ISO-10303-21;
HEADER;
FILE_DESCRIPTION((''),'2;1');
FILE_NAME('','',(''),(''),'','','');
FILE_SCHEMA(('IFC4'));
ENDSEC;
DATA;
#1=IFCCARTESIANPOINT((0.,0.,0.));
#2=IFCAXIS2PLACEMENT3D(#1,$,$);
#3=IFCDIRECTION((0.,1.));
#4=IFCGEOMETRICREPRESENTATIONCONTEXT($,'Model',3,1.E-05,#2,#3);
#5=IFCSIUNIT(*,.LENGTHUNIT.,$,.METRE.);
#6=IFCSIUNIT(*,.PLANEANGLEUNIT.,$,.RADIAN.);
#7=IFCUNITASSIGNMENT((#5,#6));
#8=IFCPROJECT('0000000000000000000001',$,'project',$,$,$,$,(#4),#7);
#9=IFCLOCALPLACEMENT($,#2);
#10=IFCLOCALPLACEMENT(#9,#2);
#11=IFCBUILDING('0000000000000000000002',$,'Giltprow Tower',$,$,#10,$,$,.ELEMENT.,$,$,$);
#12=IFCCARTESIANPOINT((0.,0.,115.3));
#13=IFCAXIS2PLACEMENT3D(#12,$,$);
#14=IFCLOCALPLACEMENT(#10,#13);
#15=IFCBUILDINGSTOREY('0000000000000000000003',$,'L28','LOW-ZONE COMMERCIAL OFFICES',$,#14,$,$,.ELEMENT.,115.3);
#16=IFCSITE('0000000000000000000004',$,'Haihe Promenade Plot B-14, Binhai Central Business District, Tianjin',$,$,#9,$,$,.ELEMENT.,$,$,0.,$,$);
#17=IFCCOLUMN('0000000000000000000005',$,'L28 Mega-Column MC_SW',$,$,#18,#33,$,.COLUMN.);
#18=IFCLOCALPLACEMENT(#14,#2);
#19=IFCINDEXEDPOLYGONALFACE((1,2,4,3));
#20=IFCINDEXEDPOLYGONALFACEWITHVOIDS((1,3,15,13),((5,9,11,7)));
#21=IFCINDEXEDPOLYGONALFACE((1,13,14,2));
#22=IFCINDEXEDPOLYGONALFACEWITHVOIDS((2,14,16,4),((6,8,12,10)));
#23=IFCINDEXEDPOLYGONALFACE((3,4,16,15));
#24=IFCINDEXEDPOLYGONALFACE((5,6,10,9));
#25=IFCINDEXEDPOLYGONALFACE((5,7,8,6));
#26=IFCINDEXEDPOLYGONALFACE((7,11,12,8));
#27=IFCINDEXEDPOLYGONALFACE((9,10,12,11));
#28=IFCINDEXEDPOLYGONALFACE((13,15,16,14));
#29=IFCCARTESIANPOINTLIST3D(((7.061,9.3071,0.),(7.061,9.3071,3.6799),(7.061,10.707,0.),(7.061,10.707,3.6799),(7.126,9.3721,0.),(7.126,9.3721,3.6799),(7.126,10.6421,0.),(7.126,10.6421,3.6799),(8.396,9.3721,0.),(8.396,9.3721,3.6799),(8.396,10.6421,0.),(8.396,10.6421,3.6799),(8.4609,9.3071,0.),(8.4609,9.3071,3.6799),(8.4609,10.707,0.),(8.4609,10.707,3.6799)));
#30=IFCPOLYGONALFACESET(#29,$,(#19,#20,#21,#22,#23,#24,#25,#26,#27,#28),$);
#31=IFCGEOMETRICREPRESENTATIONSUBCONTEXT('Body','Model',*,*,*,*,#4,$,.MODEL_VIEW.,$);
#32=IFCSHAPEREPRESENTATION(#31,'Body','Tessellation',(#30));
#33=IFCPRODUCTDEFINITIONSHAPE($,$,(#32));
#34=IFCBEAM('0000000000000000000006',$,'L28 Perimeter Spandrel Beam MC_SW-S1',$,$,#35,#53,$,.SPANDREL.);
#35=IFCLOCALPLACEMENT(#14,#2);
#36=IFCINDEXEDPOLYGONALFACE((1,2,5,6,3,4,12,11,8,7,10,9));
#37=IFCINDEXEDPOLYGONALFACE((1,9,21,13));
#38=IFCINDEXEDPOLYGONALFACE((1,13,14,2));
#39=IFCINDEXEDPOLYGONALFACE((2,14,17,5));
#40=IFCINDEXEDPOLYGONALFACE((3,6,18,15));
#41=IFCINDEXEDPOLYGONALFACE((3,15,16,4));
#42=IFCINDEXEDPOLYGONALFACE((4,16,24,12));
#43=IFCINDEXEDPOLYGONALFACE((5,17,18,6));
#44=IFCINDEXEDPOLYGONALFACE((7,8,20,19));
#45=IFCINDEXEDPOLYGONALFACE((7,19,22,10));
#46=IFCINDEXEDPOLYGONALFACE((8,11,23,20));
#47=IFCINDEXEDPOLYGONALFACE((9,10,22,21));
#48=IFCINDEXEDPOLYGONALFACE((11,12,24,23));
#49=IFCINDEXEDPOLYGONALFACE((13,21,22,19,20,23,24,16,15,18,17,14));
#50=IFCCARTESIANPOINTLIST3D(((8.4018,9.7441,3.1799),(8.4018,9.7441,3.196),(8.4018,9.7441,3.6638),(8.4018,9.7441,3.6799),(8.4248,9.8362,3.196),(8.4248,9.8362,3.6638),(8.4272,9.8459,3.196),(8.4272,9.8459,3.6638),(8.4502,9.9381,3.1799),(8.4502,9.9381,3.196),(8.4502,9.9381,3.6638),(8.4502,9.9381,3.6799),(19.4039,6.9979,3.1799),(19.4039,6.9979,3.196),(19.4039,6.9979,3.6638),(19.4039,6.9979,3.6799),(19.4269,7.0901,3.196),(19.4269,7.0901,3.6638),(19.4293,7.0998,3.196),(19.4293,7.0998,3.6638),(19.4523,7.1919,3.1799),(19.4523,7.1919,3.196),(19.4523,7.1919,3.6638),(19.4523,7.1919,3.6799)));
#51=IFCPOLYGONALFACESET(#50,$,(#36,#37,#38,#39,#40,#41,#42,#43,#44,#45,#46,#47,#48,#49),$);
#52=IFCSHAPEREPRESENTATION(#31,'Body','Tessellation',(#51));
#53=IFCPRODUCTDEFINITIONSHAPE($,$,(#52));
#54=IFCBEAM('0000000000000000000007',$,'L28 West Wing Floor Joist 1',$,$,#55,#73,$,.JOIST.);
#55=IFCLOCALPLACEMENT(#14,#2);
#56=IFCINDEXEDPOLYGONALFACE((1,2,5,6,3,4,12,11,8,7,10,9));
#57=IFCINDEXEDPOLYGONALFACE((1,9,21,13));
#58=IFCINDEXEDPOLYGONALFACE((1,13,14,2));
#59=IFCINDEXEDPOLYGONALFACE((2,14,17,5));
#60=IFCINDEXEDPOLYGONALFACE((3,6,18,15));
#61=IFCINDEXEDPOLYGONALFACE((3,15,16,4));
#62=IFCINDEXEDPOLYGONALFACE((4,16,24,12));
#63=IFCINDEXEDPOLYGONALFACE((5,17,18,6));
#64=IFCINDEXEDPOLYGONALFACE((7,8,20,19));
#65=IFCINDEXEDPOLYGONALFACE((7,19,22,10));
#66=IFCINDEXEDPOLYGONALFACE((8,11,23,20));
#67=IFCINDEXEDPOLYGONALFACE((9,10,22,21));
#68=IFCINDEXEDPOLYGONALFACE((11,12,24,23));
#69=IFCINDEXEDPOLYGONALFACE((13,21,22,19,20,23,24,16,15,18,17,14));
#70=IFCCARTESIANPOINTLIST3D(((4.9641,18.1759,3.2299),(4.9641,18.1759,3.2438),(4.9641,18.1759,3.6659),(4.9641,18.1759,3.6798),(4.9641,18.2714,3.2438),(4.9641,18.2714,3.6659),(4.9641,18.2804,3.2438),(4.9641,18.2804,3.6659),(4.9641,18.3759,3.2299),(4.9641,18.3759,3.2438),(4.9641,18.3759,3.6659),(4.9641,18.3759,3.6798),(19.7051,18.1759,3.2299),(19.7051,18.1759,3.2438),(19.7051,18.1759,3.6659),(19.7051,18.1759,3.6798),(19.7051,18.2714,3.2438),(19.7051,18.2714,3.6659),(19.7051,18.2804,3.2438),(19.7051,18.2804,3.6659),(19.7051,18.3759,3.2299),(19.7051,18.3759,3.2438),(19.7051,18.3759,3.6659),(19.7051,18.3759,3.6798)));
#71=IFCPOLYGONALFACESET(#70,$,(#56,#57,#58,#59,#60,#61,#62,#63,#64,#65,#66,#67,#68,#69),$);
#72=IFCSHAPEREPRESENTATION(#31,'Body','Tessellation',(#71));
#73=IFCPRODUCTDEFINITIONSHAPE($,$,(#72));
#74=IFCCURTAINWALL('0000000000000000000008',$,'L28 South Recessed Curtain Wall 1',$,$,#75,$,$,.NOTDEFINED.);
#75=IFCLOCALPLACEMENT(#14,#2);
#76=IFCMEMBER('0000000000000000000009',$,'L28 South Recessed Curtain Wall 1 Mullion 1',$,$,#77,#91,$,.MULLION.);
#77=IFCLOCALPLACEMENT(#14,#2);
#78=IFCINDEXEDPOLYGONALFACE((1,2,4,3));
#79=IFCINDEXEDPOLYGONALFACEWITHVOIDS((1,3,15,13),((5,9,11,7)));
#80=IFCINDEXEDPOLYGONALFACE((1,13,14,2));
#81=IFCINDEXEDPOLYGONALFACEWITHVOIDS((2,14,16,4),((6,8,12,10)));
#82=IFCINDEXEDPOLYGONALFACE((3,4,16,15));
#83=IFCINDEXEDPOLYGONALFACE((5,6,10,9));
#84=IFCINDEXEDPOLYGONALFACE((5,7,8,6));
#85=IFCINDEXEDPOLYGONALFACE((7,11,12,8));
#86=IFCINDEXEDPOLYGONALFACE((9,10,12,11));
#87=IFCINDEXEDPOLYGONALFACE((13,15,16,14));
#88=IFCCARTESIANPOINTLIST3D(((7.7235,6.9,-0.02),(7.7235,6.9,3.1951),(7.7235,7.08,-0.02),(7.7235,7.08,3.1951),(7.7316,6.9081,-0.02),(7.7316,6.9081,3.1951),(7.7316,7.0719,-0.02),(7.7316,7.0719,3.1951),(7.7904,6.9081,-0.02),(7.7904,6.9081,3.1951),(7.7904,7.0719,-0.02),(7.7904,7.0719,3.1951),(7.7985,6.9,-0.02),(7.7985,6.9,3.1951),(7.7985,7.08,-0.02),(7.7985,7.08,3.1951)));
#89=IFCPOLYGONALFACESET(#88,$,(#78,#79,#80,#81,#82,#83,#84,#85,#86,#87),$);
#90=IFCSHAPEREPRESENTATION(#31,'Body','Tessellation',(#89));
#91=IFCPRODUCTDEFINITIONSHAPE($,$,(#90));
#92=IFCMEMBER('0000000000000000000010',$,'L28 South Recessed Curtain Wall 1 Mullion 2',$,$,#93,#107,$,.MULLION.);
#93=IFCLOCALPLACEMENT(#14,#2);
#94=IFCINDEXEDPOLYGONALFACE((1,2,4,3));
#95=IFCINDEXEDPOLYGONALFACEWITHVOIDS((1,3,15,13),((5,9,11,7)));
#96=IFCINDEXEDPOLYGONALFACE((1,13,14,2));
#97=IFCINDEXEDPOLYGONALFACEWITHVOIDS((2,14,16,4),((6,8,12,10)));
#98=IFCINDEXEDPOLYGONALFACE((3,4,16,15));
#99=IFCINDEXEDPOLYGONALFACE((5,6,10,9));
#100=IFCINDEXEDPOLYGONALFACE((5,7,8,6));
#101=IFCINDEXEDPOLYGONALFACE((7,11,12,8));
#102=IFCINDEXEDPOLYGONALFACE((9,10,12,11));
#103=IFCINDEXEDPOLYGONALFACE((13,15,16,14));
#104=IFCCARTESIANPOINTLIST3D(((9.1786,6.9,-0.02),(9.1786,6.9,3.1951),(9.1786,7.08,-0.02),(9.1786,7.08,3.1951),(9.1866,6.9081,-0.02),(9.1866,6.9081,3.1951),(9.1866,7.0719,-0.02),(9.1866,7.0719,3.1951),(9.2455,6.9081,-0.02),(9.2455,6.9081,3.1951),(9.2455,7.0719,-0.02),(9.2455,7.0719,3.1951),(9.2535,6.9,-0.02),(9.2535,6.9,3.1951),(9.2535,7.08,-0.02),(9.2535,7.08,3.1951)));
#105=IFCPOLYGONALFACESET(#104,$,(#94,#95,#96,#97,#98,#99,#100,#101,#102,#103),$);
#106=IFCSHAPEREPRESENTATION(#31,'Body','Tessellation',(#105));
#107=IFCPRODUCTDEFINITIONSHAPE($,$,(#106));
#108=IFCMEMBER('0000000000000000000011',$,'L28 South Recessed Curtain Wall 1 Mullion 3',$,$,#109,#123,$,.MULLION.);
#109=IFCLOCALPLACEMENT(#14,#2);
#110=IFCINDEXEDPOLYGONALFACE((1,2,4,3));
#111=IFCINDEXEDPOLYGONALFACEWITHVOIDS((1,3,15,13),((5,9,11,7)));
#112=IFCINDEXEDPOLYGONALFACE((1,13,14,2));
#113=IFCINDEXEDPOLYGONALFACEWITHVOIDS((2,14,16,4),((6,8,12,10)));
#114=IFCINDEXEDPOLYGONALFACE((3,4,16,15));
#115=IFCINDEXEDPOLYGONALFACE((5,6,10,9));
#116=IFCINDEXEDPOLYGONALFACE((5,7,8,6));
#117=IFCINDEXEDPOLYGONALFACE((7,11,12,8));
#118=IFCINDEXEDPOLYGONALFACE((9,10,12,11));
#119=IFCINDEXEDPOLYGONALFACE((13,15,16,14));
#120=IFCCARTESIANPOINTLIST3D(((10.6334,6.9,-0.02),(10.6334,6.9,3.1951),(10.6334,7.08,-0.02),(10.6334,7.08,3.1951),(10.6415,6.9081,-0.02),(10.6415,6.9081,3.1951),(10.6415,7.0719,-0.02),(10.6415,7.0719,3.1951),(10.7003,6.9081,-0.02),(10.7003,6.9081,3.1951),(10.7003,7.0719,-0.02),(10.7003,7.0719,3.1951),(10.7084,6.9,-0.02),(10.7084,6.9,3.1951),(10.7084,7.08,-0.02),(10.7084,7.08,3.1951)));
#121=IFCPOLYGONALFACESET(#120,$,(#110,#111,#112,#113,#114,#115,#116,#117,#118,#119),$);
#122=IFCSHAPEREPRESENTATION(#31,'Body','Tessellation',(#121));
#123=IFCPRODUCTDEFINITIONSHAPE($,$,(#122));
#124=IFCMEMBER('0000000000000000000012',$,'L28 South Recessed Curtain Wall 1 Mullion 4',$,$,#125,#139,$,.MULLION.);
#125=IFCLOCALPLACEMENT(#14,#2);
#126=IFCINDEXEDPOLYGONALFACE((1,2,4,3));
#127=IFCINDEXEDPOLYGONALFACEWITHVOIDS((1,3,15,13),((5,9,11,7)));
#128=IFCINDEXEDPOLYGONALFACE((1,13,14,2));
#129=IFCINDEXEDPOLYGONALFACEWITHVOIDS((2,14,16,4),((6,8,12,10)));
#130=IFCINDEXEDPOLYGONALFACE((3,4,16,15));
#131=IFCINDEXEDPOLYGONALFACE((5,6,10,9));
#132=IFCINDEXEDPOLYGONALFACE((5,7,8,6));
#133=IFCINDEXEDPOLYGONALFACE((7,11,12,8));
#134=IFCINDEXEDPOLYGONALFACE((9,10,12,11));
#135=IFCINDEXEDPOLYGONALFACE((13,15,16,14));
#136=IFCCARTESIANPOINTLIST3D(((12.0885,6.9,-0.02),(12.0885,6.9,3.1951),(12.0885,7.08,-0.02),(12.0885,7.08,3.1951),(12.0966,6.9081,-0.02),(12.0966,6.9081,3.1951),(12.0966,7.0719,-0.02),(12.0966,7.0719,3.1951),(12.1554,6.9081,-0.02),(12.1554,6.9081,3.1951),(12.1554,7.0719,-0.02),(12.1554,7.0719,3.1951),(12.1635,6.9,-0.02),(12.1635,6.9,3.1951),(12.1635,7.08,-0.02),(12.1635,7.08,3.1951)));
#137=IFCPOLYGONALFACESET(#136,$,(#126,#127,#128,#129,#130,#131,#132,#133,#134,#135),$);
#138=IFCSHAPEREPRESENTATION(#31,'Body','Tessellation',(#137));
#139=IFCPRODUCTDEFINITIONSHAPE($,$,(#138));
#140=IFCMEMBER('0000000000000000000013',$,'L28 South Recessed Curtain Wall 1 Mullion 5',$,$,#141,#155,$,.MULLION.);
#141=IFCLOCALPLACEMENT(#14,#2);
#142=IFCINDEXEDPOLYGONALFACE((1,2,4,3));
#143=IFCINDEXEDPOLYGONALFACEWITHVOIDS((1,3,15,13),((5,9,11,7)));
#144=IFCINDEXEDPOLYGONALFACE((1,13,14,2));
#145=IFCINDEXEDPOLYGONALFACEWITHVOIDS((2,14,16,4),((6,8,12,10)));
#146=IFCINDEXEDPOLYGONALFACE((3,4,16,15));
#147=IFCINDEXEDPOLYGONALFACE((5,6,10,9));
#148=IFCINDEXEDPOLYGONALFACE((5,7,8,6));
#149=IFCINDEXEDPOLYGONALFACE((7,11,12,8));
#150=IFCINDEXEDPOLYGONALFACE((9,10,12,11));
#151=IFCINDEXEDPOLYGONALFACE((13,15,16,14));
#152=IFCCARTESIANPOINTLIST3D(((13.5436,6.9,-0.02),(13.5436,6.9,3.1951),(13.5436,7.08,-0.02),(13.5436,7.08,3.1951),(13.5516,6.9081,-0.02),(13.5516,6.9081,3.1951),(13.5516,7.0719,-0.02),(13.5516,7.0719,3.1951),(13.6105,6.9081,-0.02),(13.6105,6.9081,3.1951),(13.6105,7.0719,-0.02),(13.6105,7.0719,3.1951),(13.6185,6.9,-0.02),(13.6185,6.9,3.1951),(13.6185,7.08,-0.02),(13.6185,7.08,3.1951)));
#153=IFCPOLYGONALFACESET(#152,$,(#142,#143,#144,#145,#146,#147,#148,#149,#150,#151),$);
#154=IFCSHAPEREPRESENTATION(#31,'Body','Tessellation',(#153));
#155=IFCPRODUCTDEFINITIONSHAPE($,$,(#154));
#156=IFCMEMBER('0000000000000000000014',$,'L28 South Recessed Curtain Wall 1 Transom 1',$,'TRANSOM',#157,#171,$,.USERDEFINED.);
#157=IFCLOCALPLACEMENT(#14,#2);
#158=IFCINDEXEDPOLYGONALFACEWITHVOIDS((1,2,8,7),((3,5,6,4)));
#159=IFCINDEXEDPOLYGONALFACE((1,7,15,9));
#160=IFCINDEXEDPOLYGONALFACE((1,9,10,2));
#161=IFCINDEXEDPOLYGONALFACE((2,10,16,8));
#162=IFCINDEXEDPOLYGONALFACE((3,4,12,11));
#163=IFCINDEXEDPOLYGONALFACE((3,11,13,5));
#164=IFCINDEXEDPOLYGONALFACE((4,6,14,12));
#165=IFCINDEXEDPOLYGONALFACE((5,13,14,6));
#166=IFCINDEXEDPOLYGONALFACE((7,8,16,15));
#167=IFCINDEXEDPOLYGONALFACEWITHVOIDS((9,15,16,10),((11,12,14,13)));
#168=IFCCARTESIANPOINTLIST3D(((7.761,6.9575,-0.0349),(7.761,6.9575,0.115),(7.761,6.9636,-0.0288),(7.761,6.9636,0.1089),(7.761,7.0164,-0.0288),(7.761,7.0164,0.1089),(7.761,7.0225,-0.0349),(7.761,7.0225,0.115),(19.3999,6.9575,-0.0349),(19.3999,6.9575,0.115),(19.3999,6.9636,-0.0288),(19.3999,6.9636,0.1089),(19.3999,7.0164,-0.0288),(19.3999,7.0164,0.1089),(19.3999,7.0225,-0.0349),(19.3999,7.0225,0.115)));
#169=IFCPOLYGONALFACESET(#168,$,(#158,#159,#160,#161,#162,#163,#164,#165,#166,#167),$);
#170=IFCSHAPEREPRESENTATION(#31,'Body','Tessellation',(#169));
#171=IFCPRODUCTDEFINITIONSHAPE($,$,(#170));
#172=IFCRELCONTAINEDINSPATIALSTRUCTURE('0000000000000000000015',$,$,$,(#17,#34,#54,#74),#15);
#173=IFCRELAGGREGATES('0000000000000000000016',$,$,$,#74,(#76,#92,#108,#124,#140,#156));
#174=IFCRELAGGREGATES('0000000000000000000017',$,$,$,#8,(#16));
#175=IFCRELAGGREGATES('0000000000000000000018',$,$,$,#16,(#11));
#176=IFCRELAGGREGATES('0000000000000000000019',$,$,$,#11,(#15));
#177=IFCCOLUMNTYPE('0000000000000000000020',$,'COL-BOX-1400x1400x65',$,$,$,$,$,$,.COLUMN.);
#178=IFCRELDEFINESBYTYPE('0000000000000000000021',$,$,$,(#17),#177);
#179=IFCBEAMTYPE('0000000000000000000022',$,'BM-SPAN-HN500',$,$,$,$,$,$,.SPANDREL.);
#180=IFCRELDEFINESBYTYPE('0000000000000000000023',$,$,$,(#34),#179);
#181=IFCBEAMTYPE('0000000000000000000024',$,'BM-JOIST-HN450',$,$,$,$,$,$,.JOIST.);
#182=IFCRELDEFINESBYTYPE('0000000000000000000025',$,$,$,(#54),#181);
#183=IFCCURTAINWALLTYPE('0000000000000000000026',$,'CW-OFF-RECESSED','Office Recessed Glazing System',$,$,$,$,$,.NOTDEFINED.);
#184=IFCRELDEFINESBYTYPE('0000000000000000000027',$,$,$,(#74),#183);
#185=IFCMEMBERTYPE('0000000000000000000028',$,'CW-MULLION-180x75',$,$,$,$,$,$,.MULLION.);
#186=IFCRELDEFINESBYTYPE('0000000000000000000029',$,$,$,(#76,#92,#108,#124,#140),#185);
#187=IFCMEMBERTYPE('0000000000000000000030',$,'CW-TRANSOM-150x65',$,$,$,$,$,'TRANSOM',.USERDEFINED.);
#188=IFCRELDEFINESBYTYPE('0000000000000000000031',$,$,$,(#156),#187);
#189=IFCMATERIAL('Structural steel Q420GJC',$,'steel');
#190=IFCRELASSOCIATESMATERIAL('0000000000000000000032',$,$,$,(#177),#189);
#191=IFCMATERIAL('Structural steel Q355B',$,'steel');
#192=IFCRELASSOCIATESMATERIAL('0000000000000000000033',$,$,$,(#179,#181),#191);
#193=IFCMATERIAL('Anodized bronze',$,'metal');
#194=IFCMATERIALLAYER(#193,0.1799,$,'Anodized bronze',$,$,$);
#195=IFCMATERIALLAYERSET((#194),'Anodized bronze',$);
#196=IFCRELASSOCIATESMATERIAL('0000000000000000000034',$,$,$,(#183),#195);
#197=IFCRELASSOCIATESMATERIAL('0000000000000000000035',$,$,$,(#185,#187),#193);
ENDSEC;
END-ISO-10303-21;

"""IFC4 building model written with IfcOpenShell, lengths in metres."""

from ifc_helpers import new_model, si_unit, direction, frame, origin, origin_2d, place, context, subcontext, project, spatial, hollow_rectangle, i_section, extrude, source, transform, mapped, material, layer, layer_set, material_profile, profile_set, type_object, element, aggregate, save


model = new_model("IFC4")

# Units and contexts
model_context = context("Model", 3, precision=1e-05, world=origin(), true_north=direction((0.0, 1.0)))
body_context = subcontext(model_context, "Body", "Model", "MODEL_VIEW")
ifc_project = project(units=[si_unit("LENGTHUNIT", "METRE"), si_unit("PLANEANGLEUNIT", "RADIAN")], contexts=[model_context])

# Site, building, storey
site_placement = place(None, origin())
site = spatial("IfcSite", under=ifc_project, at=site_placement, Name="Haihe Promenade Plot B-14, Binhai Central Business District, Tianjin", CompositionType="ELEMENT", RefElevation=0.0)
building_placement = place(site_placement, origin())
building = spatial("IfcBuilding", under=site, at=building_placement, Name="Giltprow Tower", CompositionType="ELEMENT")
storey_placement = place(building_placement, frame((0.0, 0.0, 115.3)))
storey = spatial("IfcBuildingStorey", under=building, at=storey_placement, Name="L28", Description="LOW-ZONE COMMERCIAL OFFICES", CompositionType="ELEMENT", Elevation=115.3)

# Column
ifc_material_1 = material(Name="Structural steel Q420GJC", Category="steel")
ifc_material_profile_1 = material_profile(ifc_material_1, hollow_rectangle(XDim=1.3999, YDim=1.3999, WallThickness=0.0649, at=origin_2d()), Name="BOX 1400x1400x65")
ifc_profile_set_1 = profile_set([ifc_material_profile_1], Name="Structural steel Q420GJC")
column_type = type_object("IfcColumnType", Name="COL-BOX-1400x1400x65", PredefinedType="COLUMN", material=ifc_profile_set_1)
shared_shape_1 = source(origin(), body_context, "Body", "SweptSolid", [
    extrude(hollow_rectangle(XDim=1.3999, YDim=1.3999, WallThickness=0.0649, at=origin_2d()), origin(), (0.0, 0.0, 1.0), 3.6799),
])
column_placement = place(storey_placement, frame((7.761, 10.0071, 0.0), z_axis=(0.0, 0.0, 1.0), x_axis=(1.0, 0.0, 0.0)))
element("IfcColumn", 1, at=column_placement, inside=storey, type_object=column_type, Name="L28 Mega-Column MC_SW", PredefinedType="COLUMN", context=body_context, shape_type="MappedRepresentation", body=[
    mapped(shared_shape_1, transform((0.0, 0.0, 0.0), x_axis=(1.0, 0.0, 0.0), y_axis=(0.0, 1.0, 0.0), z_axis=(0.0, 0.0, 1.0), scale=1.0)),
])

# Beams
ifc_material_2 = material(Name="Structural steel Q355B", Category="steel")
ifc_material_profile_2 = material_profile(ifc_material_2, i_section(OverallWidth=0.2, OverallDepth=0.5, WebThickness=0.01, FlangeThickness=0.0161, at=origin_2d()), Name="HN 500x200x10x16")
ifc_profile_set_2 = profile_set([ifc_material_profile_2], Name="Structural steel Q355B")
beam_type_1 = type_object("IfcBeamType", Name="BM-SPAN-HN500", PredefinedType="SPANDREL", material=ifc_profile_set_2)
shared_shape_2 = source(origin(), body_context, "Body", "SweptSolid", [
    extrude(i_section(OverallWidth=0.2, OverallDepth=0.5, WebThickness=0.01, FlangeThickness=0.0161, at=origin_2d()), origin(), (0.0, 0.0, 1.0), 11.3396),
])
beam_1_placement = place(storey_placement, frame((8.426, 9.8411, 3.4299), z_axis=(0.970234, -0.242171, 0.0), x_axis=(0.242171, 0.970234, 0.0)))
element("IfcBeam", 2, at=beam_1_placement, inside=storey, type_object=beam_type_1, Name="L28 Perimeter Spandrel Beam MC_SW-S1", PredefinedType="SPANDREL", context=body_context, shape_type="MappedRepresentation", body=[
    mapped(shared_shape_2, transform((0.0, 0.0, 0.0), x_axis=(1.0, 0.0, 0.0), y_axis=(0.0, 1.0, 0.0), z_axis=(0.0, 0.0, 1.0), scale=1.0)),
])
ifc_material_profile_3 = material_profile(ifc_material_2, i_section(OverallWidth=0.2, OverallDepth=0.45, WebThickness=0.009, FlangeThickness=0.0139, at=origin_2d()), Name="HN 450x200x9x14")
ifc_profile_set_3 = profile_set([ifc_material_profile_3], Name="Structural steel Q355B")
beam_type_2 = type_object("IfcBeamType", Name="BM-JOIST-HN450", PredefinedType="JOIST", material=ifc_profile_set_3)
shared_shape_3 = source(origin(), body_context, "Body", "SweptSolid", [
    extrude(i_section(OverallWidth=0.2, OverallDepth=0.45, WebThickness=0.009, FlangeThickness=0.0139, at=origin_2d()), origin(), (0.0, 0.0, 1.0), 14.741),
])
beam_2_placement = place(storey_placement, frame((4.9641, 18.2759, 3.4548), z_axis=(1.0, 0.0, 0.0), x_axis=(0.0, 1.0, 0.0)))
element("IfcBeam", 3, at=beam_2_placement, inside=storey, type_object=beam_type_2, Name="L28 West Wing Floor Joist 1", PredefinedType="JOIST", context=body_context, shape_type="MappedRepresentation", body=[
    mapped(shared_shape_3, transform((0.0, 0.0, 0.0), x_axis=(1.0, 0.0, 0.0), y_axis=(0.0, 1.0, 0.0), z_axis=(0.0, 0.0, 1.0), scale=1.0)),
])

# Curtain wall, members
ifc_material_3 = material(Name="Anodized bronze", Category="metal")
ifc_layer_1 = layer(ifc_material_3, 0.1799, Name="Anodized bronze")
ifc_layer_set_1 = layer_set([ifc_layer_1], Name="Anodized bronze")
curtain_wall_type = type_object("IfcCurtainWallType", Name="CW-OFF-RECESSED", Description="Office Recessed Glazing System", PredefinedType="NOTDEFINED", material=ifc_layer_set_1)
curtain_wall_placement = place(storey_placement, origin())
curtain_wall = element("IfcCurtainWall", 4, at=curtain_wall_placement, inside=storey, type_object=curtain_wall_type, Name="L28 South Recessed Curtain Wall 1", PredefinedType="NOTDEFINED")
ifc_material_profile_4 = material_profile(ifc_material_3, hollow_rectangle(XDim=0.075, YDim=0.1799, WallThickness=0.0081, at=origin_2d()), Name="RHS 180x75x8")
ifc_profile_set_4 = profile_set([ifc_material_profile_4], Name="Anodized bronze")
member_type_1 = type_object("IfcMemberType", Name="CW-MULLION-180x75", PredefinedType="MULLION", material=ifc_profile_set_4)
shared_shape_4 = source(origin(), body_context, "Body", "SweptSolid", [
    extrude(hollow_rectangle(XDim=0.075, YDim=0.1799, WallThickness=0.0081, at=origin_2d()), origin(), (0.0, 0.0, 1.0), 3.2151),
])
member_1_placement = place(storey_placement, frame((7.761, 6.99, -0.02), z_axis=(0.0, 0.0, 1.0), x_axis=(1.0, 0.0, 0.0)))
member_1 = element("IfcMember", 5, at=member_1_placement, type_object=member_type_1, Name="L28 South Recessed Curtain Wall 1 Mullion 1", PredefinedType="MULLION", context=body_context, shape_type="MappedRepresentation", body=[
    mapped(shared_shape_4, transform((0.0, 0.0, 0.0), x_axis=(1.0, 0.0, 0.0), y_axis=(0.0, 1.0, 0.0), z_axis=(0.0, 0.0, 1.0), scale=1.0)),
])
member_2_placement = place(storey_placement, frame((9.2161, 6.99, -0.02), z_axis=(0.0, 0.0, 1.0), x_axis=(1.0, 0.0, 0.0)))
member_2 = element("IfcMember", 6, at=member_2_placement, type_object=member_type_1, Name="L28 South Recessed Curtain Wall 1 Mullion 2", PredefinedType="MULLION", context=body_context, shape_type="MappedRepresentation", body=[
    mapped(shared_shape_4, transform((0.0, 0.0, 0.0), x_axis=(1.0, 0.0, 0.0), y_axis=(0.0, 1.0, 0.0), z_axis=(0.0, 0.0, 1.0), scale=1.0)),
])
member_3_placement = place(storey_placement, frame((10.6709, 6.99, -0.02), z_axis=(0.0, 0.0, 1.0), x_axis=(1.0, 0.0, 0.0)))
member_3 = element("IfcMember", 7, at=member_3_placement, type_object=member_type_1, Name="L28 South Recessed Curtain Wall 1 Mullion 3", PredefinedType="MULLION", context=body_context, shape_type="MappedRepresentation", body=[
    mapped(shared_shape_4, transform((0.0, 0.0, 0.0), x_axis=(1.0, 0.0, 0.0), y_axis=(0.0, 1.0, 0.0), z_axis=(0.0, 0.0, 1.0), scale=1.0)),
])
member_4_placement = place(storey_placement, frame((12.126, 6.99, -0.02), z_axis=(0.0, 0.0, 1.0), x_axis=(1.0, 0.0, 0.0)))
member_4 = element("IfcMember", 8, at=member_4_placement, type_object=member_type_1, Name="L28 South Recessed Curtain Wall 1 Mullion 4", PredefinedType="MULLION", context=body_context, shape_type="MappedRepresentation", body=[
    mapped(shared_shape_4, transform((0.0, 0.0, 0.0), x_axis=(1.0, 0.0, 0.0), y_axis=(0.0, 1.0, 0.0), z_axis=(0.0, 0.0, 1.0), scale=1.0)),
])
member_5_placement = place(storey_placement, frame((13.5811, 6.99, -0.02), z_axis=(0.0, 0.0, 1.0), x_axis=(1.0, 0.0, 0.0)))
member_5 = element("IfcMember", 9, at=member_5_placement, type_object=member_type_1, Name="L28 South Recessed Curtain Wall 1 Mullion 5", PredefinedType="MULLION", context=body_context, shape_type="MappedRepresentation", body=[
    mapped(shared_shape_4, transform((0.0, 0.0, 0.0), x_axis=(1.0, 0.0, 0.0), y_axis=(0.0, 1.0, 0.0), z_axis=(0.0, 0.0, 1.0), scale=1.0)),
])
ifc_material_profile_5 = material_profile(ifc_material_3, hollow_rectangle(XDim=0.0649, YDim=0.1499, WallThickness=0.0061, at=origin_2d()), Name="RHS 150x65x6")
ifc_profile_set_5 = profile_set([ifc_material_profile_5], Name="Anodized bronze")
member_type_2 = type_object("IfcMemberType", Name="CW-TRANSOM-150x65", ElementType="TRANSOM", PredefinedType="USERDEFINED", material=ifc_profile_set_5)
shared_shape_5 = source(origin(), body_context, "Body", "SweptSolid", [
    extrude(hollow_rectangle(XDim=0.0649, YDim=0.1499, WallThickness=0.0061, at=origin_2d()), origin(), (0.0, 0.0, 1.0), 11.6389),
])
member_6_placement = place(storey_placement, frame((7.761, 6.99, 0.04), z_axis=(1.0, 0.0, 0.0), x_axis=(0.0, 1.0, 0.0)))
member_6 = element("IfcMember", 10, at=member_6_placement, type_object=member_type_2, Name="L28 South Recessed Curtain Wall 1 Transom 1", ObjectType="TRANSOM", PredefinedType="USERDEFINED", context=body_context, shape_type="MappedRepresentation", body=[
    mapped(shared_shape_5, transform((0.0, 0.0, 0.0), x_axis=(1.0, 0.0, 0.0), y_axis=(0.0, 1.0, 0.0), z_axis=(0.0, 0.0, 1.0), scale=1.0)),
])

aggregate(curtain_wall, [member_1, member_2, member_3, member_4, member_5, member_6])

save(model, "model.ifc")
